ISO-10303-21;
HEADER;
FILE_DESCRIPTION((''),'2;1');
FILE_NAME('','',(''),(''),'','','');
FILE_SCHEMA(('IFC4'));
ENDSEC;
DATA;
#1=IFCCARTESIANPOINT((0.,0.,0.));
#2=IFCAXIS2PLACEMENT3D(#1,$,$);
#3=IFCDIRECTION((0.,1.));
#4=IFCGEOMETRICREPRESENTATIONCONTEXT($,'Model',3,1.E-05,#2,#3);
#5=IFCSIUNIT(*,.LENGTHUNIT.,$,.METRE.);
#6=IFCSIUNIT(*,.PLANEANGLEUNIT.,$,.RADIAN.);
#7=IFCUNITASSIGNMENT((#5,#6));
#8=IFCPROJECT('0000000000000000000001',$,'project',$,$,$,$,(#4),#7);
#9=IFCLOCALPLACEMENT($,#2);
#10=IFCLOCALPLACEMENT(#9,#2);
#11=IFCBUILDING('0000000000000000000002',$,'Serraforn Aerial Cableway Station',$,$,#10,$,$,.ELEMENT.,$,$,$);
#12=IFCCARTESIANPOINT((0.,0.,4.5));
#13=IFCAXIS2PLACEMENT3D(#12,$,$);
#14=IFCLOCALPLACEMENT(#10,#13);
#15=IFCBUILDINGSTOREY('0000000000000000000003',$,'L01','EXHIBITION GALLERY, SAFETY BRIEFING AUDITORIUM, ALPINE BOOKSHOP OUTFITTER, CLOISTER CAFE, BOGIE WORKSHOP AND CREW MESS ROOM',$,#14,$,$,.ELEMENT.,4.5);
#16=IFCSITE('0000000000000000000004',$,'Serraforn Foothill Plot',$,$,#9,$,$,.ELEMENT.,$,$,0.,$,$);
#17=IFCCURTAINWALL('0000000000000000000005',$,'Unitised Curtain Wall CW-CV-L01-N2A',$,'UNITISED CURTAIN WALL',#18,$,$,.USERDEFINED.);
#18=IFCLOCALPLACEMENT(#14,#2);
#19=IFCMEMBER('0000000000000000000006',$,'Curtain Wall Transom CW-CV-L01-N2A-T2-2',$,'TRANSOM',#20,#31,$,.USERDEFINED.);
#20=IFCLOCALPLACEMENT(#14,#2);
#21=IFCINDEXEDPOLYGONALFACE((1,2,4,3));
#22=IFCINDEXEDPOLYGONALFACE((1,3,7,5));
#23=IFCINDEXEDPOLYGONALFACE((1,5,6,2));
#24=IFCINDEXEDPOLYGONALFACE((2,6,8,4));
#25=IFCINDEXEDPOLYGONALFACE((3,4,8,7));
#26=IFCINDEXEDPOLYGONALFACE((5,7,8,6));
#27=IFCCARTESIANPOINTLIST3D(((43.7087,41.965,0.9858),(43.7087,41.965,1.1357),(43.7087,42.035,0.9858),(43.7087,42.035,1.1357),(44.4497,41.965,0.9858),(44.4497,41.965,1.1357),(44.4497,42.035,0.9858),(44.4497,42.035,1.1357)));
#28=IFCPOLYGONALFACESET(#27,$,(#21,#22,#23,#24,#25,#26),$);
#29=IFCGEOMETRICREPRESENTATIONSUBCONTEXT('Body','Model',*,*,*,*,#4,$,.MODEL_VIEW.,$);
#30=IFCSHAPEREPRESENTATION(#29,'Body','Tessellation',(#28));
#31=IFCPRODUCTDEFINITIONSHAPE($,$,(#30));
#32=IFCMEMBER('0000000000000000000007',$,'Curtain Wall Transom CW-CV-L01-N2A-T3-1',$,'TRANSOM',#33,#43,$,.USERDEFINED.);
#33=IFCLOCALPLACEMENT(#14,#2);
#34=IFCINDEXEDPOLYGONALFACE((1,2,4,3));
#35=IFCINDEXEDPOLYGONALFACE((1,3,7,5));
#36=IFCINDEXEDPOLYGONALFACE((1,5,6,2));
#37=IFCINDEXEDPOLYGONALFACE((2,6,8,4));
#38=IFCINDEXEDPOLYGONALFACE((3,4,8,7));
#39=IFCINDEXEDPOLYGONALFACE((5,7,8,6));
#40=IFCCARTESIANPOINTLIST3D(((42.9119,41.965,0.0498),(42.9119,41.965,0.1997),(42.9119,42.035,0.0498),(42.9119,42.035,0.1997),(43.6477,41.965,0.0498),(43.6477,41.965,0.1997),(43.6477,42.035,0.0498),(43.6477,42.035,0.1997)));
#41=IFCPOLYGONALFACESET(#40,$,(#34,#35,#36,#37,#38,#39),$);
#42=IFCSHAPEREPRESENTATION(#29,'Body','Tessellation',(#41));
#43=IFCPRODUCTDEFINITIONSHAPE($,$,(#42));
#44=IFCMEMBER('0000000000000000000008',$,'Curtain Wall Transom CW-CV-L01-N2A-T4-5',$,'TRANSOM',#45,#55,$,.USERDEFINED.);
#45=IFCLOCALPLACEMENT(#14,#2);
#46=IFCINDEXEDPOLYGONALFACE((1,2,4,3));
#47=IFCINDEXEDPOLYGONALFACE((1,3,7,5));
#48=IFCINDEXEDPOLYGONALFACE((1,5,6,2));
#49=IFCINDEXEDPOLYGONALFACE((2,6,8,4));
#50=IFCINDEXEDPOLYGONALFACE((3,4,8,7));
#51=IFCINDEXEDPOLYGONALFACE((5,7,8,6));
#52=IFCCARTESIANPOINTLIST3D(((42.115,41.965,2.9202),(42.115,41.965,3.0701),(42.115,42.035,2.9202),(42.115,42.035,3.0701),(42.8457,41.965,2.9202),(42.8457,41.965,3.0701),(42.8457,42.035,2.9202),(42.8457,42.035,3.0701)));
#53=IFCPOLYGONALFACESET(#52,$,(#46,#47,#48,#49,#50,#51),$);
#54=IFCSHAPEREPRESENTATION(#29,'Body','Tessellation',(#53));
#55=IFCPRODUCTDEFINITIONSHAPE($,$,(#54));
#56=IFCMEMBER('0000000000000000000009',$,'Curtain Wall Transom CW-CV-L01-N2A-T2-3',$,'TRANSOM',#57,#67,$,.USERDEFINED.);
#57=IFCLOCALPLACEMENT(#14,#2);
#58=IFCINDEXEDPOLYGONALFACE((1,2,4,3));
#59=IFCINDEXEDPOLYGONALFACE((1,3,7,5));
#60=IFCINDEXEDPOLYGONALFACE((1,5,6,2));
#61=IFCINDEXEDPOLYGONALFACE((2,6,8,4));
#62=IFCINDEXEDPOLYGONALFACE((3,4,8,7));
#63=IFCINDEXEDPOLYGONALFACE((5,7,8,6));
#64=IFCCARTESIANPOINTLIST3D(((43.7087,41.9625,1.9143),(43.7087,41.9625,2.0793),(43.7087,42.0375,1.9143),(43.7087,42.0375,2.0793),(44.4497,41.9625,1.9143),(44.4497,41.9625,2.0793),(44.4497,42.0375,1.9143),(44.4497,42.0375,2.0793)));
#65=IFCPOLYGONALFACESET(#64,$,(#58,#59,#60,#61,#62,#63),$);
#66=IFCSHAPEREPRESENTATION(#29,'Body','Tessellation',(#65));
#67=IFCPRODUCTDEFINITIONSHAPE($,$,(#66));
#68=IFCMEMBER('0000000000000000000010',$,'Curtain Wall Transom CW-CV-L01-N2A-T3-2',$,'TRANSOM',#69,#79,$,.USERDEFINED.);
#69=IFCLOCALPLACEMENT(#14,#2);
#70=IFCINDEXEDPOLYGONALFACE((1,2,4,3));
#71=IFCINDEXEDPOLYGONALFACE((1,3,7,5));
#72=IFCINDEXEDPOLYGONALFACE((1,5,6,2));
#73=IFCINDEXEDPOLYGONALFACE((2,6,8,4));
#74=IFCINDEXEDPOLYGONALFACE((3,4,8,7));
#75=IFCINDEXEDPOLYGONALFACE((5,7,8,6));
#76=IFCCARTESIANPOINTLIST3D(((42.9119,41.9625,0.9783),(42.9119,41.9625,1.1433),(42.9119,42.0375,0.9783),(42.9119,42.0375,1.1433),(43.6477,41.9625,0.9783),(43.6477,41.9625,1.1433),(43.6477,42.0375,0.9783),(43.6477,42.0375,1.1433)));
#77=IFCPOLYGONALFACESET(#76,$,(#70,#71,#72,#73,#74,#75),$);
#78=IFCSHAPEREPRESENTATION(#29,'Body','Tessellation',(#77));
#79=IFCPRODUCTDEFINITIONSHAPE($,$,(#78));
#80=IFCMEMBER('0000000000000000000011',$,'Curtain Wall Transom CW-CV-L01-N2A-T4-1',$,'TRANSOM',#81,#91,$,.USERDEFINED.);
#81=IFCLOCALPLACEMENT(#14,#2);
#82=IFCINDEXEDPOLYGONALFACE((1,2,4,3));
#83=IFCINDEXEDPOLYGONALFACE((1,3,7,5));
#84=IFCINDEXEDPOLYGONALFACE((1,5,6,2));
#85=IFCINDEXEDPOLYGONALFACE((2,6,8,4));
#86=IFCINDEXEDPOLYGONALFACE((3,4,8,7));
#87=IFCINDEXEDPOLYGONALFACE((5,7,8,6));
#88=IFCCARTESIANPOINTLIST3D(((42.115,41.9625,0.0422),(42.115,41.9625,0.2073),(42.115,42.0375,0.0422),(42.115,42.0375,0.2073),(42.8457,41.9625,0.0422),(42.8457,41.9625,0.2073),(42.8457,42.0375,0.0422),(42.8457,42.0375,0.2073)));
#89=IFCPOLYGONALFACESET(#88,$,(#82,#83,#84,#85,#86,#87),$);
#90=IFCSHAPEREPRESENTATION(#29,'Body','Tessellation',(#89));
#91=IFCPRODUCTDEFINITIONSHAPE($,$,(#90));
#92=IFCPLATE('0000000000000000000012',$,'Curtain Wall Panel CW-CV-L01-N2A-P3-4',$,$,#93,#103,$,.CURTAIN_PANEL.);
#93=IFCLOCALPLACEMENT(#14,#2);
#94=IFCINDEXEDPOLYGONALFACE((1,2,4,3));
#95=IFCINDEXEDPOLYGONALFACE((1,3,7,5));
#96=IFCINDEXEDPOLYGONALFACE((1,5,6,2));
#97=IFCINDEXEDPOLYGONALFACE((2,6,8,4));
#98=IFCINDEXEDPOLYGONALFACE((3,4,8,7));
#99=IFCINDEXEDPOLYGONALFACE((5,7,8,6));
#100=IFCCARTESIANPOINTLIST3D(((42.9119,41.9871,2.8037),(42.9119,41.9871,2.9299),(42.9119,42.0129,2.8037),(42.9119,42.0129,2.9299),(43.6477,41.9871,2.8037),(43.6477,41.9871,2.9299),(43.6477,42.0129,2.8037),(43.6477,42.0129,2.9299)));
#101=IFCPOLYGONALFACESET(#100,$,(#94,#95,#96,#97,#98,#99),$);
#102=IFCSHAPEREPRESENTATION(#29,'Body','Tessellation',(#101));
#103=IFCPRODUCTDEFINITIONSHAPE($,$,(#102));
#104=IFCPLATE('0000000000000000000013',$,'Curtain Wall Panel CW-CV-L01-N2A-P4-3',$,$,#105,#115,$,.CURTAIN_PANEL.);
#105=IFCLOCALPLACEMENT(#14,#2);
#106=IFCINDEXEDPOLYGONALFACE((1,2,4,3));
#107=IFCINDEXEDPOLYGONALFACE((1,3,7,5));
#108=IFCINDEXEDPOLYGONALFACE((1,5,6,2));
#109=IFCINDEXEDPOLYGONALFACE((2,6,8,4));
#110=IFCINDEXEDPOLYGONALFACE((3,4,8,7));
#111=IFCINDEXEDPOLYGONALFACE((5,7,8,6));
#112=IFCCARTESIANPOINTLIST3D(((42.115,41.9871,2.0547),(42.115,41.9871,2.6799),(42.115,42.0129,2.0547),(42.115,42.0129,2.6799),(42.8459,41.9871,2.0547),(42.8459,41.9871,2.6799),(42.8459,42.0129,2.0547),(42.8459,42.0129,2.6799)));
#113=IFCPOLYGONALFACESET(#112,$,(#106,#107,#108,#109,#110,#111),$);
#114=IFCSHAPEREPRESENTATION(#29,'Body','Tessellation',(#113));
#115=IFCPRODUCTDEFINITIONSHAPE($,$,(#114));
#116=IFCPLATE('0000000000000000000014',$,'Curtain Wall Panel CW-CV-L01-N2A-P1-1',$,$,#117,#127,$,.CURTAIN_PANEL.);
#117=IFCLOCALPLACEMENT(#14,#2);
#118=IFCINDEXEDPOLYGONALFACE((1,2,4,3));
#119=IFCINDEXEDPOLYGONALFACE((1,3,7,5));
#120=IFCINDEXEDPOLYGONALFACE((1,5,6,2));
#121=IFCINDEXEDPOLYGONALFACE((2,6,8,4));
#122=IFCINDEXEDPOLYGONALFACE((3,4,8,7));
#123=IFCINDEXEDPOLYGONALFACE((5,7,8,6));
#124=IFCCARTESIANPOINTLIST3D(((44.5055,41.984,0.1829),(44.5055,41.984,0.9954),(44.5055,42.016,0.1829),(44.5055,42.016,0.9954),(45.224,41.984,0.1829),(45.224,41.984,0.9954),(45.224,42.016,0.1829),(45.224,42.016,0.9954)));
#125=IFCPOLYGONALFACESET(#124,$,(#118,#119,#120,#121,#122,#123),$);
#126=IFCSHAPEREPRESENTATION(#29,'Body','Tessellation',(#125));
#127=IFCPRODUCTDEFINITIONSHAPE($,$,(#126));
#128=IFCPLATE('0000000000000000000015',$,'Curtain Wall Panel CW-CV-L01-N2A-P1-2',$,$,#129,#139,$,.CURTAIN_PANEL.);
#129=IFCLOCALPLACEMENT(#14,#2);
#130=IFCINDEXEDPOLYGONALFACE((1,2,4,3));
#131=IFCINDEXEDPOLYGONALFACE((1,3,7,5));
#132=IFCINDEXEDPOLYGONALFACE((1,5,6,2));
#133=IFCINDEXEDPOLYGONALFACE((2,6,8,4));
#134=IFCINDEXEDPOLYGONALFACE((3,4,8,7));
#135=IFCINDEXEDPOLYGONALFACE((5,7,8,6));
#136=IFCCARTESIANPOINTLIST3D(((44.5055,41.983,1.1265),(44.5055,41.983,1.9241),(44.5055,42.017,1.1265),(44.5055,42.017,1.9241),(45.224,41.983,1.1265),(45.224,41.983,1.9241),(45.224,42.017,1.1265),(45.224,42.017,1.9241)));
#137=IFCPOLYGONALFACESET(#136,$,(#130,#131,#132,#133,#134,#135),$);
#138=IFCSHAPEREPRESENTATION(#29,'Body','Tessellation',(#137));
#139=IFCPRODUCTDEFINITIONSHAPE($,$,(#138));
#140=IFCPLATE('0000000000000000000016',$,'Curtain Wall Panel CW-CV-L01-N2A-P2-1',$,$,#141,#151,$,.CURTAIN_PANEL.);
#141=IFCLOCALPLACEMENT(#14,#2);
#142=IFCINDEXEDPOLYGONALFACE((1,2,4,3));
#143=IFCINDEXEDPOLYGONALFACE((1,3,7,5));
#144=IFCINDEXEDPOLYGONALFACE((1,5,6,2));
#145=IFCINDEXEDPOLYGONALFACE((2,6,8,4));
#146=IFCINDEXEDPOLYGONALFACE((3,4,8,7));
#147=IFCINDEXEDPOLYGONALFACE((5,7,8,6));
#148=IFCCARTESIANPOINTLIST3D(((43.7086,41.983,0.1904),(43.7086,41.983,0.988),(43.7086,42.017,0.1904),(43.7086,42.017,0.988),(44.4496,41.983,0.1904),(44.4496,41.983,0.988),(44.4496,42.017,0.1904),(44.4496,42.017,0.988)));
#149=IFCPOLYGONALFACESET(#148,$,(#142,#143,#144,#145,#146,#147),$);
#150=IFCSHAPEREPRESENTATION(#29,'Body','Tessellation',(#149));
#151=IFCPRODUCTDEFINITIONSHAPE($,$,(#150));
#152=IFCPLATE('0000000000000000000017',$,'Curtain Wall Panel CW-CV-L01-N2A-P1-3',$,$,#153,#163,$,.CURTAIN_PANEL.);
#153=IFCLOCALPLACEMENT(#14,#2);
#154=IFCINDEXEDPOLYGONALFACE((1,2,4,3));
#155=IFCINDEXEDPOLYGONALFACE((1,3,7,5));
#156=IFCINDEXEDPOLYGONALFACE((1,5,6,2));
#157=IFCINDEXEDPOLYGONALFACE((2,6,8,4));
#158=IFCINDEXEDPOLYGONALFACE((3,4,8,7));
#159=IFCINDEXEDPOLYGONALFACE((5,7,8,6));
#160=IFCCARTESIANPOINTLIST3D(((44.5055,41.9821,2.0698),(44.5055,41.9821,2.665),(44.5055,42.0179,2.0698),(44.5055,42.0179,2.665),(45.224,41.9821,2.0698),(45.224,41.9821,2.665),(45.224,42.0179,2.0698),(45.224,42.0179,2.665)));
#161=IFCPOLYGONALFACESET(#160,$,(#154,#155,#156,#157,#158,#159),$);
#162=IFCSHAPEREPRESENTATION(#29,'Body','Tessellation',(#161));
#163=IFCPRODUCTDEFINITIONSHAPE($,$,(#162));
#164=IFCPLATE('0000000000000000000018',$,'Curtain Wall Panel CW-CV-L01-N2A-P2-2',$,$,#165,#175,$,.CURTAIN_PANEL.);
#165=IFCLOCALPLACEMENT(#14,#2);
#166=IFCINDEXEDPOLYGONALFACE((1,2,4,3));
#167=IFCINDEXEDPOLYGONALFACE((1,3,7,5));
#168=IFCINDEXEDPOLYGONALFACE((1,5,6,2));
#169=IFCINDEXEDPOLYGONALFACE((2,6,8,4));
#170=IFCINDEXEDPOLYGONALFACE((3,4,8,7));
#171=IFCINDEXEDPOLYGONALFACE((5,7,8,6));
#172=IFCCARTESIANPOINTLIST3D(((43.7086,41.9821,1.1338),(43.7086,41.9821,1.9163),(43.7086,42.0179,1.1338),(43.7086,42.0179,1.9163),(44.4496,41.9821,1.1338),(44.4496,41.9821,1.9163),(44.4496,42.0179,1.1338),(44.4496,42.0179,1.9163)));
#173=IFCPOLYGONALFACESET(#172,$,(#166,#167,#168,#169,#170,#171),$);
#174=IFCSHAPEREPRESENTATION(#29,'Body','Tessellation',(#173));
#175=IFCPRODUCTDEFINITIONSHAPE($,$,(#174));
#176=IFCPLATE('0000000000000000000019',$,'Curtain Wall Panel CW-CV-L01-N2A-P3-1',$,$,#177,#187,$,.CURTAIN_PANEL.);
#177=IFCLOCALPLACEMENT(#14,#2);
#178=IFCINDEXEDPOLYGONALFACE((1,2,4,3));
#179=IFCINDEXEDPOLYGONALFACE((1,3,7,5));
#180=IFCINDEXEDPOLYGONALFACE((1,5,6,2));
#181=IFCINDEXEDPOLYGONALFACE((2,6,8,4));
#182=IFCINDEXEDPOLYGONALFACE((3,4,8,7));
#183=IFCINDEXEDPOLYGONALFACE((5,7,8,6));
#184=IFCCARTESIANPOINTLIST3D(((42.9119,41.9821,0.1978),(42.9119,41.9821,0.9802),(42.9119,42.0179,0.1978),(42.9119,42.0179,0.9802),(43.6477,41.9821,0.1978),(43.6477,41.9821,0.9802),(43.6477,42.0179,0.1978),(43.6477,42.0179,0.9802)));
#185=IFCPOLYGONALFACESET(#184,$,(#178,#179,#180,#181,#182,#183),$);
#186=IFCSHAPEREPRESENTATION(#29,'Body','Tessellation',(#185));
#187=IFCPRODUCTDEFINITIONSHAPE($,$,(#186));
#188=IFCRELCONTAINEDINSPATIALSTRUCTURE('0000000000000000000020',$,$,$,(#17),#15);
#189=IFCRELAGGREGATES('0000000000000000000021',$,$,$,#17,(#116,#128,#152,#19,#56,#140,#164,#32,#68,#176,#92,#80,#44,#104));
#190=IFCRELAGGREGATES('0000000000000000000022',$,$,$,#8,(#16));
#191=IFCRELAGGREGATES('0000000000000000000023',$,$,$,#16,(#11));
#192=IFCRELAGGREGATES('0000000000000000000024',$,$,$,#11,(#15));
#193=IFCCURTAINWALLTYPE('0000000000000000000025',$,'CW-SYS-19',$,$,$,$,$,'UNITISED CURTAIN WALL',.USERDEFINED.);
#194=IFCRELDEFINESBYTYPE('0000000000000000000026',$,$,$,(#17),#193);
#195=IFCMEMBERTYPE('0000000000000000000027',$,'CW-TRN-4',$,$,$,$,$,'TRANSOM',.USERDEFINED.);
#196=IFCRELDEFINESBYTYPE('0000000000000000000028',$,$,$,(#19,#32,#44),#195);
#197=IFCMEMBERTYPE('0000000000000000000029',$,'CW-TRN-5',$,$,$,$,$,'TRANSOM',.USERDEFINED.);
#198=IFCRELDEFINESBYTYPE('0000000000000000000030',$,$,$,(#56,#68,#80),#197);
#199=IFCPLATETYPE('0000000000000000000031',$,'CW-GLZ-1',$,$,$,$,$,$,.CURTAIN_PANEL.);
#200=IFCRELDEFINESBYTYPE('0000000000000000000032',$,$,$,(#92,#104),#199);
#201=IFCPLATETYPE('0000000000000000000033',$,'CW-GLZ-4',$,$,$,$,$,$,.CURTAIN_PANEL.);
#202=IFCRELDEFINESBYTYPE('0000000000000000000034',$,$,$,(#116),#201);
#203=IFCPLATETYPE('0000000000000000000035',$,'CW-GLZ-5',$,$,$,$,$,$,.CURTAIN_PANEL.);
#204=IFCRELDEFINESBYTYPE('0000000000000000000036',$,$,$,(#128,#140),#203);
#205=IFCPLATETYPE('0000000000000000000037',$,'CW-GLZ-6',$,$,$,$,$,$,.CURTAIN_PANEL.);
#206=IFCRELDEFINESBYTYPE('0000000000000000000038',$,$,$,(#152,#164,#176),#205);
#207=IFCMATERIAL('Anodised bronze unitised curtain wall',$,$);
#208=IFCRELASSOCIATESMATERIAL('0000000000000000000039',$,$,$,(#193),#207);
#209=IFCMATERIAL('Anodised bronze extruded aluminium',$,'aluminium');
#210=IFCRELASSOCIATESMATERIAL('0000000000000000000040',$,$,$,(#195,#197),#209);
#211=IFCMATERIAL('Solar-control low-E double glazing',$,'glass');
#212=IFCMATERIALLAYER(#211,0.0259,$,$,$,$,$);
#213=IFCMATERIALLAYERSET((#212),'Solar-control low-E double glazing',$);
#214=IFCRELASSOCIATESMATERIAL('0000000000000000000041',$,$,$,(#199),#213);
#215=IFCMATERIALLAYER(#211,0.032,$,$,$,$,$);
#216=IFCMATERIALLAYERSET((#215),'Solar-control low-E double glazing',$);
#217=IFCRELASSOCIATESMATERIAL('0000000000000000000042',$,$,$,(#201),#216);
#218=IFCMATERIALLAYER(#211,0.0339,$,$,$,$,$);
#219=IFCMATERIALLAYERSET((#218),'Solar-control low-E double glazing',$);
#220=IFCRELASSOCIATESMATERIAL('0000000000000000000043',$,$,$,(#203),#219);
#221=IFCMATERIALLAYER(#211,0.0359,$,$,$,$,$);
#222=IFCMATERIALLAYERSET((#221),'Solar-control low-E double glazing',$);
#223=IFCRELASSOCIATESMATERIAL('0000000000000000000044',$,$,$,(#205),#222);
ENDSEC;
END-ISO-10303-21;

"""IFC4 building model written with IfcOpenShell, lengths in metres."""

from ifc_helpers import new_model, si_unit, direction, frame, origin, origin_2d, place, context, subcontext, project, spatial, rectangle, extrude, material, layer, layer_set, material_profile, profile_set, type_object, element, aggregate, save


model = new_model("IFC4")

# Units and contexts
model_context = context("Model", 3, precision=1e-05, world=origin(), true_north=direction((0.0, 1.0)))
body_context = subcontext(model_context, "Body", "Model", "MODEL_VIEW")
ifc_project = project(units=[si_unit("LENGTHUNIT", "METRE"), si_unit("PLANEANGLEUNIT", "RADIAN")], contexts=[model_context])

# Site, building, storey
site_placement = place(None, origin())
site = spatial("IfcSite", under=ifc_project, at=site_placement, Name="Serraforn Foothill Plot", CompositionType="ELEMENT", RefElevation=0.0)
building_placement = place(site_placement, origin())
building = spatial("IfcBuilding", under=site, at=building_placement, Name="Serraforn Aerial Cableway Station", CompositionType="ELEMENT")
storey_placement = place(building_placement, frame((0.0, 0.0, 4.5)))
storey = spatial("IfcBuildingStorey", under=building, at=storey_placement, Name="L01", Description="EXHIBITION GALLERY, SAFETY BRIEFING AUDITORIUM, ALPINE BOOKSHOP OUTFITTER, CLOISTER CAFE, BOGIE WORKSHOP AND CREW MESS ROOM", CompositionType="ELEMENT", Elevation=4.5)

# Curtain wall, members, plates
ifc_material_1 = material(Name="Anodised bronze unitised curtain wall")
curtain_wall_type = type_object("IfcCurtainWallType", Name="CW-SYS-19", ElementType="UNITISED CURTAIN WALL", PredefinedType="USERDEFINED", material=ifc_material_1)
curtain_wall_placement = place(storey_placement, origin())
curtain_wall = element("IfcCurtainWall", 1, at=curtain_wall_placement, inside=storey, type_object=curtain_wall_type, Name="Unitised Curtain Wall CW-CV-L01-N2A", ObjectType="UNITISED CURTAIN WALL", PredefinedType="USERDEFINED")
ifc_material_2 = material(Name="Anodised bronze extruded aluminium", Category="aluminium")
ifc_material_profile_1 = material_profile(ifc_material_2, rectangle(XDim=0.0701, YDim=0.1499, at=origin_2d()), Name="CW TRANSOM 70x150")
ifc_profile_set_1 = profile_set([ifc_material_profile_1], Name="Anodised bronze extruded aluminium")
member_type_1 = type_object("IfcMemberType", Name="CW-TRN-4", ElementType="TRANSOM", PredefinedType="USERDEFINED", material=ifc_profile_set_1)
member_1_placement = place(storey_placement, frame((44.4497, 42.0, 1.0608), z_axis=(-1.0, 0.0, 0.0), x_axis=(0.0, -1.0, 0.0)))
member_1 = element("IfcMember", 2, at=member_1_placement, type_object=member_type_1, Name="Curtain Wall Transom CW-CV-L01-N2A-T2-2", ObjectType="TRANSOM", PredefinedType="USERDEFINED", context=body_context, shape_type="SweptSolid", body=[
    extrude(rectangle(XDim=0.0701, YDim=0.1499, at=origin_2d()), origin(), (0.0, 0.0, 1.0), 0.741),
])
member_2_placement = place(storey_placement, frame((43.6477, 42.0, 0.1248), z_axis=(-1.0, 0.0, 0.0), x_axis=(0.0, -1.0, 0.0)))
member_2 = element("IfcMember", 3, at=member_2_placement, type_object=member_type_1, Name="Curtain Wall Transom CW-CV-L01-N2A-T3-1", ObjectType="TRANSOM", PredefinedType="USERDEFINED", context=body_context, shape_type="SweptSolid", body=[
    extrude(rectangle(XDim=0.0701, YDim=0.1499, at=origin_2d()), origin(), (0.0, 0.0, 1.0), 0.7358),
])
member_3_placement = place(storey_placement, frame((42.8457, 42.0, 2.9951), z_axis=(-1.0, 0.0, 0.0), x_axis=(0.0, -1.0, 0.0)))
member_3 = element("IfcMember", 4, at=member_3_placement, type_object=member_type_1, Name="Curtain Wall Transom CW-CV-L01-N2A-T4-5", ObjectType="TRANSOM", PredefinedType="USERDEFINED", context=body_context, shape_type="SweptSolid", body=[
    extrude(rectangle(XDim=0.0701, YDim=0.1499, at=origin_2d()), origin(), (0.0, 0.0, 1.0), 0.7307),
])
ifc_material_profile_2 = material_profile(ifc_material_2, rectangle(XDim=0.075, YDim=0.165, at=origin_2d()), Name="CW TRANSOM 75x165")
ifc_profile_set_2 = profile_set([ifc_material_profile_2], Name="Anodised bronze extruded aluminium")
member_type_2 = type_object("IfcMemberType", Name="CW-TRN-5", ElementType="TRANSOM", PredefinedType="USERDEFINED", material=ifc_profile_set_2)
member_4_placement = place(storey_placement, frame((44.4497, 42.0, 1.9968), z_axis=(-1.0, 0.0, 0.0), x_axis=(0.0, -1.0, 0.0)))
member_4 = element("IfcMember", 5, at=member_4_placement, type_object=member_type_2, Name="Curtain Wall Transom CW-CV-L01-N2A-T2-3", ObjectType="TRANSOM", PredefinedType="USERDEFINED", context=body_context, shape_type="SweptSolid", body=[
    extrude(rectangle(XDim=0.075, YDim=0.165, at=origin_2d()), origin(), (0.0, 0.0, 1.0), 0.741),
])
member_5_placement = place(storey_placement, frame((43.6477, 42.0, 1.0608), z_axis=(-1.0, 0.0, 0.0), x_axis=(0.0, -1.0, 0.0)))
member_5 = element("IfcMember", 6, at=member_5_placement, type_object=member_type_2, Name="Curtain Wall Transom CW-CV-L01-N2A-T3-2", ObjectType="TRANSOM", PredefinedType="USERDEFINED", context=body_context, shape_type="SweptSolid", body=[
    extrude(rectangle(XDim=0.075, YDim=0.165, at=origin_2d()), origin(), (0.0, 0.0, 1.0), 0.7358),
])
member_6_placement = place(storey_placement, frame((42.8457, 42.0, 0.1248), z_axis=(-1.0, 0.0, 0.0), x_axis=(0.0, -1.0, 0.0)))
member_6 = element("IfcMember", 7, at=member_6_placement, type_object=member_type_2, Name="Curtain Wall Transom CW-CV-L01-N2A-T4-1", ObjectType="TRANSOM", PredefinedType="USERDEFINED", context=body_context, shape_type="SweptSolid", body=[
    extrude(rectangle(XDim=0.075, YDim=0.165, at=origin_2d()), origin(), (0.0, 0.0, 1.0), 0.7307),
])
ifc_material_3 = material(Name="Solar-control low-E double glazing", Category="glass")
ifc_layer_1 = layer(ifc_material_3, 0.0259)
ifc_layer_set_1 = layer_set([ifc_layer_1], Name="Solar-control low-E double glazing")
plate_type_1 = type_object("IfcPlateType", Name="CW-GLZ-1", PredefinedType="CURTAIN_PANEL", material=ifc_layer_set_1)
plate_1_placement = place(storey_placement, frame((43.2798, 42.0, 2.8037), z_axis=(0.0, 0.0, 1.0), x_axis=(1.0, 0.0, 0.0)))
plate_1 = element("IfcPlate", 8, at=plate_1_placement, type_object=plate_type_1, Name="Curtain Wall Panel CW-CV-L01-N2A-P3-4", PredefinedType="CURTAIN_PANEL", context=body_context, shape_type="SweptSolid", body=[
    extrude(rectangle(XDim=0.7358, YDim=0.0259, at=origin_2d()), origin(), (0.0, 0.0, 1.0), 0.1262),
])
plate_2_placement = place(storey_placement, frame((42.4805, 42.0, 2.0547), z_axis=(0.0, 0.0, 1.0), x_axis=(1.0, 0.0, 0.0)))
plate_2 = element("IfcPlate", 9, at=plate_2_placement, type_object=plate_type_1, Name="Curtain Wall Panel CW-CV-L01-N2A-P4-3", PredefinedType="CURTAIN_PANEL", context=body_context, shape_type="SweptSolid", body=[
    extrude(rectangle(XDim=0.731, YDim=0.0259, at=origin_2d()), origin(), (0.0, 0.0, 1.0), 0.6252),
])
ifc_layer_2 = layer(ifc_material_3, 0.032)
ifc_layer_set_2 = layer_set([ifc_layer_2], Name="Solar-control low-E double glazing")
plate_type_2 = type_object("IfcPlateType", Name="CW-GLZ-4", PredefinedType="CURTAIN_PANEL", material=ifc_layer_set_2)
plate_3_placement = place(storey_placement, frame((44.8647, 42.0, 0.1829), z_axis=(0.0, 0.0, 1.0), x_axis=(1.0, 0.0, 0.0)))
plate_3 = element("IfcPlate", 10, at=plate_3_placement, type_object=plate_type_2, Name="Curtain Wall Panel CW-CV-L01-N2A-P1-1", PredefinedType="CURTAIN_PANEL", context=body_context, shape_type="SweptSolid", body=[
    extrude(rectangle(XDim=0.7185, YDim=0.032, at=origin_2d()), origin(), (0.0, 0.0, 1.0), 0.8125),
])
ifc_layer_3 = layer(ifc_material_3, 0.0339)
ifc_layer_set_3 = layer_set([ifc_layer_3], Name="Solar-control low-E double glazing")
plate_type_3 = type_object("IfcPlateType", Name="CW-GLZ-5", PredefinedType="CURTAIN_PANEL", material=ifc_layer_set_3)
plate_4_placement = place(storey_placement, frame((44.8647, 42.0, 1.1265), z_axis=(0.0, 0.0, 1.0), x_axis=(1.0, 0.0, 0.0)))
plate_4 = element("IfcPlate", 11, at=plate_4_placement, type_object=plate_type_3, Name="Curtain Wall Panel CW-CV-L01-N2A-P1-2", PredefinedType="CURTAIN_PANEL", context=body_context, shape_type="SweptSolid", body=[
    extrude(rectangle(XDim=0.7185, YDim=0.0339, at=origin_2d()), origin(), (0.0, 0.0, 1.0), 0.7976),
])
plate_5_placement = place(storey_placement, frame((44.0791, 42.0, 0.1904), z_axis=(0.0, 0.0, 1.0), x_axis=(1.0, 0.0, 0.0)))
plate_5 = element("IfcPlate", 12, at=plate_5_placement, type_object=plate_type_3, Name="Curtain Wall Panel CW-CV-L01-N2A-P2-1", PredefinedType="CURTAIN_PANEL", context=body_context, shape_type="SweptSolid", body=[
    extrude(rectangle(XDim=0.741, YDim=0.0339, at=origin_2d()), origin(), (0.0, 0.0, 1.0), 0.7976),
])
ifc_layer_4 = layer(ifc_material_3, 0.0359)
ifc_layer_set_4 = layer_set([ifc_layer_4], Name="Solar-control low-E double glazing")
plate_type_4 = type_object("IfcPlateType", Name="CW-GLZ-6", PredefinedType="CURTAIN_PANEL", material=ifc_layer_set_4)
plate_6_placement = place(storey_placement, frame((44.8647, 42.0, 2.0698), z_axis=(0.0, 0.0, 1.0), x_axis=(1.0, 0.0, 0.0)))
plate_6 = element("IfcPlate", 13, at=plate_6_placement, type_object=plate_type_4, Name="Curtain Wall Panel CW-CV-L01-N2A-P1-3", PredefinedType="CURTAIN_PANEL", context=body_context, shape_type="SweptSolid", body=[
    extrude(rectangle(XDim=0.7185, YDim=0.0359, at=origin_2d()), origin(), (0.0, 0.0, 1.0), 0.5952),
])
plate_7_placement = place(storey_placement, frame((44.0791, 42.0, 1.1338), z_axis=(0.0, 0.0, 1.0), x_axis=(1.0, 0.0, 0.0)))
plate_7 = element("IfcPlate", 14, at=plate_7_placement, type_object=plate_type_4, Name="Curtain Wall Panel CW-CV-L01-N2A-P2-2", PredefinedType="CURTAIN_PANEL", context=body_context, shape_type="SweptSolid", body=[
    extrude(rectangle(XDim=0.741, YDim=0.0359, at=origin_2d()), origin(), (0.0, 0.0, 1.0), 0.7825),
])
plate_8_placement = place(storey_placement, frame((43.2798, 42.0, 0.1978), z_axis=(0.0, 0.0, 1.0), x_axis=(1.0, 0.0, 0.0)))
plate_8 = element("IfcPlate", 15, at=plate_8_placement, type_object=plate_type_4, Name="Curtain Wall Panel CW-CV-L01-N2A-P3-1", PredefinedType="CURTAIN_PANEL", context=body_context, shape_type="SweptSolid", body=[
    extrude(rectangle(XDim=0.7358, YDim=0.0359, at=origin_2d()), origin(), (0.0, 0.0, 1.0), 0.7825),
])
aggregate(curtain_wall, [plate_3, plate_4, plate_6, member_1, member_4, plate_5, plate_7, member_2, member_5, plate_8, plate_1, member_6, member_3, plate_2])

save(model, "model.ifc")
